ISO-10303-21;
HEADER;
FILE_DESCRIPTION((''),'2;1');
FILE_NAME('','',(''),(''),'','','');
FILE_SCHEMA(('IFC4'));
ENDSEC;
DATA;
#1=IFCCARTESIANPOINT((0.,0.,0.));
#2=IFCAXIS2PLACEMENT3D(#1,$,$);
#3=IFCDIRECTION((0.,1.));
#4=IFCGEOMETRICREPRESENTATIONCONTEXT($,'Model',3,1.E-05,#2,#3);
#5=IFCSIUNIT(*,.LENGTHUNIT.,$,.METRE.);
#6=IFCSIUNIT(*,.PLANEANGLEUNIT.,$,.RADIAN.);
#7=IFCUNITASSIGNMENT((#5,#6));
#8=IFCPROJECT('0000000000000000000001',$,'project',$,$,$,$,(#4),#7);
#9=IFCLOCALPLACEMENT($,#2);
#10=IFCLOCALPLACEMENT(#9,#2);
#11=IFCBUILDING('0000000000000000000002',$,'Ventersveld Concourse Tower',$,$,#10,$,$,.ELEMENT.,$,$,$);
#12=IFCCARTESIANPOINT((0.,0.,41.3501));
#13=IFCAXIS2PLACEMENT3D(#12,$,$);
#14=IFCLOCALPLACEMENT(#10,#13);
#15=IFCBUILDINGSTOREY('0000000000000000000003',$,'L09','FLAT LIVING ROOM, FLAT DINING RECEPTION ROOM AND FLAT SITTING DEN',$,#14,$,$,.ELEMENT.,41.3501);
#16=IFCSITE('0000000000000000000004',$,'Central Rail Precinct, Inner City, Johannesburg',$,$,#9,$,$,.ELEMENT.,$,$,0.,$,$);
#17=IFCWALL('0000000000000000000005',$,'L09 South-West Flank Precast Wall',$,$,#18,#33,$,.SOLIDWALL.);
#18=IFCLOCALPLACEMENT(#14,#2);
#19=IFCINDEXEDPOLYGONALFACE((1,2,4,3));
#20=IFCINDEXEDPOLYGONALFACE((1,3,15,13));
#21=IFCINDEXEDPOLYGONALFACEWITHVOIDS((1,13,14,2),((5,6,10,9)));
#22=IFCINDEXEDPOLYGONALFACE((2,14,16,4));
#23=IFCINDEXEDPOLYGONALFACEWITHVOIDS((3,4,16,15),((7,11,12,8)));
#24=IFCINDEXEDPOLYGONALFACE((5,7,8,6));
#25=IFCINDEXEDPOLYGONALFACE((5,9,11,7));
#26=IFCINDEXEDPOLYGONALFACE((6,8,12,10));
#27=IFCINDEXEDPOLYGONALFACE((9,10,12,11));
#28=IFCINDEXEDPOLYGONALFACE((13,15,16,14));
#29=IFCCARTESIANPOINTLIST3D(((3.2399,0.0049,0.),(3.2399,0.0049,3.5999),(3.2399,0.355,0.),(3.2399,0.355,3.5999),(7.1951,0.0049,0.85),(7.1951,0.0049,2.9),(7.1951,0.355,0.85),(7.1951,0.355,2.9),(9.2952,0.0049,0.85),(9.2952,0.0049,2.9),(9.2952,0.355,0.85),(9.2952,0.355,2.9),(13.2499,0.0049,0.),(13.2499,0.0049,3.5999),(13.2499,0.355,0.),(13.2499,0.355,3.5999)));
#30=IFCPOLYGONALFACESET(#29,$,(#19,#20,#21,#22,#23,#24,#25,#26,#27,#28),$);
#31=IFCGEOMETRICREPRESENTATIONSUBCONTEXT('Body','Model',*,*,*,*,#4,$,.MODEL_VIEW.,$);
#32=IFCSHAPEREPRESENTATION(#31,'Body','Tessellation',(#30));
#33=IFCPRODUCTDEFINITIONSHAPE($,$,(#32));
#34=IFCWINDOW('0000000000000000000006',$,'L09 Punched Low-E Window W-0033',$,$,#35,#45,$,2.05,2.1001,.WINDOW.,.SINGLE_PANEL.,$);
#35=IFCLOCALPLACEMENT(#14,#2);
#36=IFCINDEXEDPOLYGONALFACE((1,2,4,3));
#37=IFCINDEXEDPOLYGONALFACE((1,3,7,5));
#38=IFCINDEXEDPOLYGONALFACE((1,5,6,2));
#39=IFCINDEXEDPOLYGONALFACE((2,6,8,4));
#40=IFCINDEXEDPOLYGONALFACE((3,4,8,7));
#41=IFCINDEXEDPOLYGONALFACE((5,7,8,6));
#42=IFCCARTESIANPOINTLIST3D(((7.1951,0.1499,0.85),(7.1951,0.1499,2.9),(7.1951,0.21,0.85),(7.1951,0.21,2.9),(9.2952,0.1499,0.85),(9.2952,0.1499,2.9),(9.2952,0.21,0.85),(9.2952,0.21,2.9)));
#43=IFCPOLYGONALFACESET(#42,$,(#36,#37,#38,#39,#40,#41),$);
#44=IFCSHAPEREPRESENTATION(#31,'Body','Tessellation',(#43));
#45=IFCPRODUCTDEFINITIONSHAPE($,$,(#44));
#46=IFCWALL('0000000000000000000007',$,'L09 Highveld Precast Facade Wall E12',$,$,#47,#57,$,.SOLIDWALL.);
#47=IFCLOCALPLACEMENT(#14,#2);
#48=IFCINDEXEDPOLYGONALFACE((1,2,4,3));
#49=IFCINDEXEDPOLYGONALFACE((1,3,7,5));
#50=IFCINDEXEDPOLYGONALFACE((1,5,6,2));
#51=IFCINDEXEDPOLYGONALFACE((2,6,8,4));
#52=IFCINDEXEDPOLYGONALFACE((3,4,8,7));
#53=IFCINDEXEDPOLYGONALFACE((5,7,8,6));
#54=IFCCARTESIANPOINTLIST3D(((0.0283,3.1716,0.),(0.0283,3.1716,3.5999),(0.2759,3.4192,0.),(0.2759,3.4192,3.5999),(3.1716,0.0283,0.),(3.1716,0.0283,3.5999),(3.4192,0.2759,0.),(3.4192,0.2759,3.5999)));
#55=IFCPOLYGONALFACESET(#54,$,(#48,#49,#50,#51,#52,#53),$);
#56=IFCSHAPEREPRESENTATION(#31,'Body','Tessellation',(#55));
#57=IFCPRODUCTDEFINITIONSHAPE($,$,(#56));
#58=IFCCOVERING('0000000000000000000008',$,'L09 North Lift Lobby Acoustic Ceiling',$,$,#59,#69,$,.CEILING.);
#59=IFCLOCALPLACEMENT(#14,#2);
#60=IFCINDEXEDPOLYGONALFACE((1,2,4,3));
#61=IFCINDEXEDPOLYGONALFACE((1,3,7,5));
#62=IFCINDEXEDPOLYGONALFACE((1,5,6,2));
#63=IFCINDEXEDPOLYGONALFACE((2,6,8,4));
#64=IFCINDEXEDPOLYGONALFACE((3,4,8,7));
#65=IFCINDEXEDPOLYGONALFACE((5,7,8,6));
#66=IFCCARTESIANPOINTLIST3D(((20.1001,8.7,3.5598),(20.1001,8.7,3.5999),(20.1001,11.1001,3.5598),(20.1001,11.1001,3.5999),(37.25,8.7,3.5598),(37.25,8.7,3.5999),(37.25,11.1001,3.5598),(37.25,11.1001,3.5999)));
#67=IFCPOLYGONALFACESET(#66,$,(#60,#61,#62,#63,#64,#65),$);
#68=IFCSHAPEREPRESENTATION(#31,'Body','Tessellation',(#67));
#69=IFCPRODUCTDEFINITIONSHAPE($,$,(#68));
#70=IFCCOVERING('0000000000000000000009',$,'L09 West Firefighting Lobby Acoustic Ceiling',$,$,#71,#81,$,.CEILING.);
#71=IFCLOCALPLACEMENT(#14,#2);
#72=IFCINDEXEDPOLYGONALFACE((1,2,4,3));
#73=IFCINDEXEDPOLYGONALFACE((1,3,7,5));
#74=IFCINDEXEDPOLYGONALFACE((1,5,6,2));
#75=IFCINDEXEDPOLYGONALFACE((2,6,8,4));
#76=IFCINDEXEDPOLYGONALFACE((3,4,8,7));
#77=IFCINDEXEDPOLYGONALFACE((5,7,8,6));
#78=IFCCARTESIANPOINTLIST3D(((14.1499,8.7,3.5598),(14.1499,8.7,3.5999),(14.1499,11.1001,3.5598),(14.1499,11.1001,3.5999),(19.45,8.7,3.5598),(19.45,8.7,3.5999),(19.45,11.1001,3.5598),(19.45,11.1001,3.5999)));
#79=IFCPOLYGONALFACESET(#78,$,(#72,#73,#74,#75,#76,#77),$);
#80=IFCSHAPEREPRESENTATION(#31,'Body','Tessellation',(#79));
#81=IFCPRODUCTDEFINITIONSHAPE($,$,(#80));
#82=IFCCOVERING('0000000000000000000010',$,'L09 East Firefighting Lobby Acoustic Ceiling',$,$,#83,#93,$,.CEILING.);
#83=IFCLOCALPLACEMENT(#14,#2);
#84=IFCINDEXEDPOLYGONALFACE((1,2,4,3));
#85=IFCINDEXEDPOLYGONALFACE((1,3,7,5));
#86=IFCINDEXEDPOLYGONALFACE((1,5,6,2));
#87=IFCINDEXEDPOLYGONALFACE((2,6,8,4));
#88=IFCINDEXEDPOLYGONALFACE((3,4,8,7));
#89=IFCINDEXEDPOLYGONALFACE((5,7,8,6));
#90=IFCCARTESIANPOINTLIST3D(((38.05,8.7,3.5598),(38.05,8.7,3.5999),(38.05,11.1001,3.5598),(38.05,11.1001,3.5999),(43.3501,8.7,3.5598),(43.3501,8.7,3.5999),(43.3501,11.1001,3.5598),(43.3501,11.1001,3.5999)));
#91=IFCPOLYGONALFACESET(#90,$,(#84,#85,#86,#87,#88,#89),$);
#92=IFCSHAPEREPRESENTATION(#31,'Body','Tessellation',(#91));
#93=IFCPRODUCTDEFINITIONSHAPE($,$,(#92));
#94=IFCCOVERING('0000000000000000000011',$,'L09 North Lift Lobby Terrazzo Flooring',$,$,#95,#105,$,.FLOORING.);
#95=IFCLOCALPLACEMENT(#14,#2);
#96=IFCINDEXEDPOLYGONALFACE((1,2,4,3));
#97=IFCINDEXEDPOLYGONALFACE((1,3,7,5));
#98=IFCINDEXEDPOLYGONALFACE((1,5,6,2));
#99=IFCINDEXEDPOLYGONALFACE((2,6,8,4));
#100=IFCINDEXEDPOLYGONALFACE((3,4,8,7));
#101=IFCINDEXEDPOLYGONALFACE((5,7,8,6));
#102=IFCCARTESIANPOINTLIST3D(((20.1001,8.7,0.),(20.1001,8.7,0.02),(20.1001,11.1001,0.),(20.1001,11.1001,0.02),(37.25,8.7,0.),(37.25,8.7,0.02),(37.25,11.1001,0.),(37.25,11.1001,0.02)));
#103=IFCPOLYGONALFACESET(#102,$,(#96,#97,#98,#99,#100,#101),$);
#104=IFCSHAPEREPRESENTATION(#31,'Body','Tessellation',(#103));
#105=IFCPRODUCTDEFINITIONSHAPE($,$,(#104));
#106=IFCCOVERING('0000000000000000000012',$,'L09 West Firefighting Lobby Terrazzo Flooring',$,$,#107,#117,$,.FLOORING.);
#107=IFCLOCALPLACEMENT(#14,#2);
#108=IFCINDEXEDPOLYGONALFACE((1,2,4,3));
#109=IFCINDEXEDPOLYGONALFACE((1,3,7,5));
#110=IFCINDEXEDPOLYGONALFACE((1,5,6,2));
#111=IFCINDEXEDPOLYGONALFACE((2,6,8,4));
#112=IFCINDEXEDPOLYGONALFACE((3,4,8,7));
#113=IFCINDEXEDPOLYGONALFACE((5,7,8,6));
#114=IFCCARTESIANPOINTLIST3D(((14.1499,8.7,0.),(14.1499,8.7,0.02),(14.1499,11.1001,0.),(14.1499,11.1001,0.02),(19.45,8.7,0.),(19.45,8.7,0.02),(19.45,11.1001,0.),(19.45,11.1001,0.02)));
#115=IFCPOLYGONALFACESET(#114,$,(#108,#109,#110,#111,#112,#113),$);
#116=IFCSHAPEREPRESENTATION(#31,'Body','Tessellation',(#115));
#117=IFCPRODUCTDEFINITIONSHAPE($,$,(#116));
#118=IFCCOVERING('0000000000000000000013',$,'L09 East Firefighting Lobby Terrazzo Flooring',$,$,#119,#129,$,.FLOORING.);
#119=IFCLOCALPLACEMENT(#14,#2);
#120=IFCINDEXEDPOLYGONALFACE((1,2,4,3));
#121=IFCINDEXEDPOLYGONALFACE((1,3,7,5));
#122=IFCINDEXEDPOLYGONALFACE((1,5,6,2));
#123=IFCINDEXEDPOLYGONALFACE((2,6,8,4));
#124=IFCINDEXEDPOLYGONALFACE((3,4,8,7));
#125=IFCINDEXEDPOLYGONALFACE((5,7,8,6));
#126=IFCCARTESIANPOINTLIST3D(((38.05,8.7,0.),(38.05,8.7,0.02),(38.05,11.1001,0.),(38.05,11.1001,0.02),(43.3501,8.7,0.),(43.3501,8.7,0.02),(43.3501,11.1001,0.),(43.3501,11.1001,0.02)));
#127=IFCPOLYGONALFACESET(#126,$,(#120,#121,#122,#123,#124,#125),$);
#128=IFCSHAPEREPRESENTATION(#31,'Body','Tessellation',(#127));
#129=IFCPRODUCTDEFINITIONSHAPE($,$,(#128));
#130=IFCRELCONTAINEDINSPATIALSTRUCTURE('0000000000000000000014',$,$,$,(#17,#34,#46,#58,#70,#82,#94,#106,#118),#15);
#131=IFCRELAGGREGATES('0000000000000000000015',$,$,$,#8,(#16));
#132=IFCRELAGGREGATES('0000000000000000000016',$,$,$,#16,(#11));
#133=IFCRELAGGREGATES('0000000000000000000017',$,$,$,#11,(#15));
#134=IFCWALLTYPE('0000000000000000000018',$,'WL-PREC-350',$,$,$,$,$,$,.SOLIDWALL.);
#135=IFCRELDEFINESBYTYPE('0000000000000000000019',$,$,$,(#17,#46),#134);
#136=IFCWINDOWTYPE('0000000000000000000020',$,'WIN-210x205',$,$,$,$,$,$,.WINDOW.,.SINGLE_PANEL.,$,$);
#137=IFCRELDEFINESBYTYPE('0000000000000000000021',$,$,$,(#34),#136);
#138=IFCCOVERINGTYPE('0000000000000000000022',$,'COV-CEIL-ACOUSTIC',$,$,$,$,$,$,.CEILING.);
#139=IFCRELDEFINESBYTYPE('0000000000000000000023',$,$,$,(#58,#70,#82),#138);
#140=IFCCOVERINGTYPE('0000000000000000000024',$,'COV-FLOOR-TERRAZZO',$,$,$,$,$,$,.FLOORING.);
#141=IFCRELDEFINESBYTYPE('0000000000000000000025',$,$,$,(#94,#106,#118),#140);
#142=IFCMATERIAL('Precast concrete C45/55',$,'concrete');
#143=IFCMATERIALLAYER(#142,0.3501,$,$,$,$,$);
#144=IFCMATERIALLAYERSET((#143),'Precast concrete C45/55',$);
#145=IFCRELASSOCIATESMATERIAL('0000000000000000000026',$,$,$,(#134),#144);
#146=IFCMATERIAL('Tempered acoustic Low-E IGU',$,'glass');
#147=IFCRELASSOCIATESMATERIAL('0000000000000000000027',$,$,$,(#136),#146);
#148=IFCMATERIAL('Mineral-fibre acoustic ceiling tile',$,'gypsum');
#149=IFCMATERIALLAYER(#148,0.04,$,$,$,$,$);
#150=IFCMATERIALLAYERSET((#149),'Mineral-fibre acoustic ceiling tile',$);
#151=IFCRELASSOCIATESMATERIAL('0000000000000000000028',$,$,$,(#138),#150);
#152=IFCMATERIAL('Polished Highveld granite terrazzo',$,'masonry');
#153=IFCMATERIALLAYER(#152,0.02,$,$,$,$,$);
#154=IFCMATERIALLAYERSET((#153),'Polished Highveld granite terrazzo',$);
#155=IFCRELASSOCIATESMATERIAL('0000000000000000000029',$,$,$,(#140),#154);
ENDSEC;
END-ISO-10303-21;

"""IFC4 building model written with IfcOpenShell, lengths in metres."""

from ifc_helpers import new_model, si_unit, direction, frame, frame_2d, origin, place, context, subcontext, project, spatial, polyline, rectangle, outline, extrude, material, layer, layer_set, type_object, element, fill, save


model = new_model("IFC4")

# Units and contexts
model_context = context("Model", 3, precision=1e-05, world=origin(), true_north=direction((0.0, 1.0)))
body_context = subcontext(model_context, "Body", "Model", "MODEL_VIEW")
ifc_project = project(units=[si_unit("LENGTHUNIT", "METRE"), si_unit("PLANEANGLEUNIT", "RADIAN")], contexts=[model_context])

# Site, building, storey
site_placement = place(None, origin())
site = spatial("IfcSite", under=ifc_project, at=site_placement, Name="Central Rail Precinct, Inner City, Johannesburg", CompositionType="ELEMENT", RefElevation=0.0)
building_placement = place(site_placement, origin())
building = spatial("IfcBuilding", under=site, at=building_placement, Name="Ventersveld Concourse Tower", CompositionType="ELEMENT")
storey_placement = place(building_placement, frame((0.0, 0.0, 41.3501)))
storey = spatial("IfcBuildingStorey", under=building, at=storey_placement, Name="L09", Description="FLAT LIVING ROOM, FLAT DINING RECEPTION ROOM AND FLAT SITTING DEN", CompositionType="ELEMENT", Elevation=41.3501)

# Wall, opening, window
ifc_material_1 = material(Name="Precast concrete C45/55", Category="concrete")
ifc_layer_1 = layer(ifc_material_1, 0.3501)
ifc_layer_set_1 = layer_set([ifc_layer_1], Name="Precast concrete C45/55")
wall_type_1 = type_object("IfcWallType", Name="WL-PREC-350", PredefinedType="SOLIDWALL", material=ifc_layer_set_1)
wall_1_placement = place(storey_placement, frame((3.24, 0.1799, 0.0), z_axis=(0.0, 0.0, 1.0), x_axis=(1.0, 0.0, 0.0)))
wall_1 = element("IfcWall", 1, at=wall_1_placement, inside=storey, type_object=wall_type_1, Name="L09 South-West Flank Precast Wall", PredefinedType="SOLIDWALL", context=body_context, shape_type="SweptSolid", body=[
    extrude(rectangle(XDim=10.01, YDim=0.3501, at=frame_2d((5.0049, 0.0))), origin(), (0.0, 0.0, 1.0), 3.5999),
])
opening_placement = place(wall_1_placement, frame((3.9551, 0.0, 0.8501)))
opening = element("IfcOpeningElement", 2, at=opening_placement, cuts=wall_1, PredefinedType="OPENING", context=body_context, shape_type="SweptSolid", body=[
    extrude(rectangle(XDim=2.1001, YDim=2.05, at=frame_2d((1.05, 1.0249))), frame((0.0, 0.1851, 0.0), z_axis=(0.0, -1.0, 0.0), x_axis=(1.0, 0.0, 0.0)), (0.0, 0.0, 1.0), 0.3701),
])
ifc_material_2 = material(Name="Tempered acoustic Low-E IGU", Category="glass")
window_type = type_object("IfcWindowType", Name="WIN-210x205", PartitioningType="SINGLE_PANEL", PredefinedType="WINDOW", material=ifc_material_2)
window_placement = place(opening_placement, origin())
window = element("IfcWindow", 3, at=window_placement, inside=storey, type_object=window_type, Name="L09 Punched Low-E Window W-0033", OverallHeight=2.05, OverallWidth=2.1001, PartitioningType="SINGLE_PANEL", PredefinedType="WINDOW", context=body_context, shape_type="SweptSolid", body=[
    extrude(rectangle(XDim=2.1001, YDim=2.05, at=frame_2d((1.05, 1.0249))), frame((0.0, 0.03, 0.0), z_axis=(0.0, -1.0, 0.0), x_axis=(1.0, 0.0, 0.0)), (0.0, 0.0, 1.0), 0.0601),
])
fill(opening, window)

# Wall
wall_2_placement = place(storey_placement, frame((0.1521, 3.2954, 0.0), z_axis=(0.0, 0.0, 1.0), x_axis=(0.707107, -0.707107, 0.0)))
element("IfcWall", 4, at=wall_2_placement, inside=storey, type_object=wall_type_1, Name="L09 Highveld Precast Facade Wall E12", PredefinedType="SOLIDWALL", context=body_context, shape_type="SweptSolid", body=[
    extrude(rectangle(XDim=4.4453, YDim=0.3501, at=frame_2d((2.2227, 0.0))), origin(), (0.0, 0.0, 1.0), 3.5999),
])

# Coverings
ifc_material_3 = material(Name="Mineral-fibre acoustic ceiling tile", Category="gypsum")
ifc_layer_2 = layer(ifc_material_3, 0.04)
ifc_layer_set_2 = layer_set([ifc_layer_2], Name="Mineral-fibre acoustic ceiling tile")
covering_type_1 = type_object("IfcCoveringType", Name="COV-CEIL-ACOUSTIC", PredefinedType="CEILING", material=ifc_layer_set_2)
covering_1_placement = place(storey_placement, frame((0.0, 0.0, 3.5598)))
element("IfcCovering", 5, at=covering_1_placement, inside=storey, type_object=covering_type_1, Name="L09 North Lift Lobby Acoustic Ceiling", PredefinedType="CEILING", context=body_context, shape_type="SweptSolid", body=[
    extrude(outline(polyline([(20.1001, 8.7), (37.25, 8.7), (37.25, 11.1001), (20.1001, 11.1001), (20.1001, 8.7)])), origin(), (0.0, 0.0, 1.0), 0.04),
])
covering_2_placement = place(storey_placement, frame((0.0, 0.0, 3.5598)))
element("IfcCovering", 6, at=covering_2_placement, inside=storey, type_object=covering_type_1, Name="L09 West Firefighting Lobby Acoustic Ceiling", PredefinedType="CEILING", context=body_context, shape_type="SweptSolid", body=[
    extrude(outline(polyline([(14.1499, 8.7), (19.45, 8.7), (19.45, 11.1001), (14.1499, 11.1001), (14.1499, 8.7)])), origin(), (0.0, 0.0, 1.0), 0.04),
])
covering_3_placement = place(storey_placement, frame((0.0, 0.0, 3.5598)))
element("IfcCovering", 7, at=covering_3_placement, inside=storey, type_object=covering_type_1, Name="L09 East Firefighting Lobby Acoustic Ceiling", PredefinedType="CEILING", context=body_context, shape_type="SweptSolid", body=[
    extrude(outline(polyline([(38.05, 8.7), (43.3501, 8.7), (43.3501, 11.1001), (38.05, 11.1001), (38.05, 8.7)])), origin(), (0.0, 0.0, 1.0), 0.04),
])
ifc_material_4 = material(Name="Polished Highveld granite terrazzo", Category="masonry")
ifc_layer_3 = layer(ifc_material_4, 0.02)
ifc_layer_set_3 = layer_set([ifc_layer_3], Name="Polished Highveld granite terrazzo")
covering_type_2 = type_object("IfcCoveringType", Name="COV-FLOOR-TERRAZZO", PredefinedType="FLOORING", material=ifc_layer_set_3)
covering_4_placement = place(storey_placement, origin())
element("IfcCovering", 8, at=covering_4_placement, inside=storey, type_object=covering_type_2, Name="L09 North Lift Lobby Terrazzo Flooring", PredefinedType="FLOORING", context=body_context, shape_type="SweptSolid", body=[
    extrude(outline(polyline([(20.1001, 8.7), (37.25, 8.7), (37.25, 11.1001), (20.1001, 11.1001), (20.1001, 8.7)])), origin(), (0.0, 0.0, 1.0), 0.02),
])
covering_5_placement = place(storey_placement, origin())
element("IfcCovering", 9, at=covering_5_placement, inside=storey, type_object=covering_type_2, Name="L09 West Firefighting Lobby Terrazzo Flooring", PredefinedType="FLOORING", context=body_context, shape_type="SweptSolid", body=[
    extrude(outline(polyline([(14.1499, 8.7), (19.45, 8.7), (19.45, 11.1001), (14.1499, 11.1001), (14.1499, 8.7)])), origin(), (0.0, 0.0, 1.0), 0.02),
])
covering_6_placement = place(storey_placement, origin())
element("IfcCovering", 10, at=covering_6_placement, inside=storey, type_object=covering_type_2, Name="L09 East Firefighting Lobby Terrazzo Flooring", PredefinedType="FLOORING", context=body_context, shape_type="SweptSolid", body=[
    extrude(outline(polyline([(38.05, 8.7), (43.3501, 8.7), (43.3501, 11.1001), (38.05, 11.1001), (38.05, 8.7)])), origin(), (0.0, 0.0, 1.0), 0.02),
])

save(model, "model.ifc")
